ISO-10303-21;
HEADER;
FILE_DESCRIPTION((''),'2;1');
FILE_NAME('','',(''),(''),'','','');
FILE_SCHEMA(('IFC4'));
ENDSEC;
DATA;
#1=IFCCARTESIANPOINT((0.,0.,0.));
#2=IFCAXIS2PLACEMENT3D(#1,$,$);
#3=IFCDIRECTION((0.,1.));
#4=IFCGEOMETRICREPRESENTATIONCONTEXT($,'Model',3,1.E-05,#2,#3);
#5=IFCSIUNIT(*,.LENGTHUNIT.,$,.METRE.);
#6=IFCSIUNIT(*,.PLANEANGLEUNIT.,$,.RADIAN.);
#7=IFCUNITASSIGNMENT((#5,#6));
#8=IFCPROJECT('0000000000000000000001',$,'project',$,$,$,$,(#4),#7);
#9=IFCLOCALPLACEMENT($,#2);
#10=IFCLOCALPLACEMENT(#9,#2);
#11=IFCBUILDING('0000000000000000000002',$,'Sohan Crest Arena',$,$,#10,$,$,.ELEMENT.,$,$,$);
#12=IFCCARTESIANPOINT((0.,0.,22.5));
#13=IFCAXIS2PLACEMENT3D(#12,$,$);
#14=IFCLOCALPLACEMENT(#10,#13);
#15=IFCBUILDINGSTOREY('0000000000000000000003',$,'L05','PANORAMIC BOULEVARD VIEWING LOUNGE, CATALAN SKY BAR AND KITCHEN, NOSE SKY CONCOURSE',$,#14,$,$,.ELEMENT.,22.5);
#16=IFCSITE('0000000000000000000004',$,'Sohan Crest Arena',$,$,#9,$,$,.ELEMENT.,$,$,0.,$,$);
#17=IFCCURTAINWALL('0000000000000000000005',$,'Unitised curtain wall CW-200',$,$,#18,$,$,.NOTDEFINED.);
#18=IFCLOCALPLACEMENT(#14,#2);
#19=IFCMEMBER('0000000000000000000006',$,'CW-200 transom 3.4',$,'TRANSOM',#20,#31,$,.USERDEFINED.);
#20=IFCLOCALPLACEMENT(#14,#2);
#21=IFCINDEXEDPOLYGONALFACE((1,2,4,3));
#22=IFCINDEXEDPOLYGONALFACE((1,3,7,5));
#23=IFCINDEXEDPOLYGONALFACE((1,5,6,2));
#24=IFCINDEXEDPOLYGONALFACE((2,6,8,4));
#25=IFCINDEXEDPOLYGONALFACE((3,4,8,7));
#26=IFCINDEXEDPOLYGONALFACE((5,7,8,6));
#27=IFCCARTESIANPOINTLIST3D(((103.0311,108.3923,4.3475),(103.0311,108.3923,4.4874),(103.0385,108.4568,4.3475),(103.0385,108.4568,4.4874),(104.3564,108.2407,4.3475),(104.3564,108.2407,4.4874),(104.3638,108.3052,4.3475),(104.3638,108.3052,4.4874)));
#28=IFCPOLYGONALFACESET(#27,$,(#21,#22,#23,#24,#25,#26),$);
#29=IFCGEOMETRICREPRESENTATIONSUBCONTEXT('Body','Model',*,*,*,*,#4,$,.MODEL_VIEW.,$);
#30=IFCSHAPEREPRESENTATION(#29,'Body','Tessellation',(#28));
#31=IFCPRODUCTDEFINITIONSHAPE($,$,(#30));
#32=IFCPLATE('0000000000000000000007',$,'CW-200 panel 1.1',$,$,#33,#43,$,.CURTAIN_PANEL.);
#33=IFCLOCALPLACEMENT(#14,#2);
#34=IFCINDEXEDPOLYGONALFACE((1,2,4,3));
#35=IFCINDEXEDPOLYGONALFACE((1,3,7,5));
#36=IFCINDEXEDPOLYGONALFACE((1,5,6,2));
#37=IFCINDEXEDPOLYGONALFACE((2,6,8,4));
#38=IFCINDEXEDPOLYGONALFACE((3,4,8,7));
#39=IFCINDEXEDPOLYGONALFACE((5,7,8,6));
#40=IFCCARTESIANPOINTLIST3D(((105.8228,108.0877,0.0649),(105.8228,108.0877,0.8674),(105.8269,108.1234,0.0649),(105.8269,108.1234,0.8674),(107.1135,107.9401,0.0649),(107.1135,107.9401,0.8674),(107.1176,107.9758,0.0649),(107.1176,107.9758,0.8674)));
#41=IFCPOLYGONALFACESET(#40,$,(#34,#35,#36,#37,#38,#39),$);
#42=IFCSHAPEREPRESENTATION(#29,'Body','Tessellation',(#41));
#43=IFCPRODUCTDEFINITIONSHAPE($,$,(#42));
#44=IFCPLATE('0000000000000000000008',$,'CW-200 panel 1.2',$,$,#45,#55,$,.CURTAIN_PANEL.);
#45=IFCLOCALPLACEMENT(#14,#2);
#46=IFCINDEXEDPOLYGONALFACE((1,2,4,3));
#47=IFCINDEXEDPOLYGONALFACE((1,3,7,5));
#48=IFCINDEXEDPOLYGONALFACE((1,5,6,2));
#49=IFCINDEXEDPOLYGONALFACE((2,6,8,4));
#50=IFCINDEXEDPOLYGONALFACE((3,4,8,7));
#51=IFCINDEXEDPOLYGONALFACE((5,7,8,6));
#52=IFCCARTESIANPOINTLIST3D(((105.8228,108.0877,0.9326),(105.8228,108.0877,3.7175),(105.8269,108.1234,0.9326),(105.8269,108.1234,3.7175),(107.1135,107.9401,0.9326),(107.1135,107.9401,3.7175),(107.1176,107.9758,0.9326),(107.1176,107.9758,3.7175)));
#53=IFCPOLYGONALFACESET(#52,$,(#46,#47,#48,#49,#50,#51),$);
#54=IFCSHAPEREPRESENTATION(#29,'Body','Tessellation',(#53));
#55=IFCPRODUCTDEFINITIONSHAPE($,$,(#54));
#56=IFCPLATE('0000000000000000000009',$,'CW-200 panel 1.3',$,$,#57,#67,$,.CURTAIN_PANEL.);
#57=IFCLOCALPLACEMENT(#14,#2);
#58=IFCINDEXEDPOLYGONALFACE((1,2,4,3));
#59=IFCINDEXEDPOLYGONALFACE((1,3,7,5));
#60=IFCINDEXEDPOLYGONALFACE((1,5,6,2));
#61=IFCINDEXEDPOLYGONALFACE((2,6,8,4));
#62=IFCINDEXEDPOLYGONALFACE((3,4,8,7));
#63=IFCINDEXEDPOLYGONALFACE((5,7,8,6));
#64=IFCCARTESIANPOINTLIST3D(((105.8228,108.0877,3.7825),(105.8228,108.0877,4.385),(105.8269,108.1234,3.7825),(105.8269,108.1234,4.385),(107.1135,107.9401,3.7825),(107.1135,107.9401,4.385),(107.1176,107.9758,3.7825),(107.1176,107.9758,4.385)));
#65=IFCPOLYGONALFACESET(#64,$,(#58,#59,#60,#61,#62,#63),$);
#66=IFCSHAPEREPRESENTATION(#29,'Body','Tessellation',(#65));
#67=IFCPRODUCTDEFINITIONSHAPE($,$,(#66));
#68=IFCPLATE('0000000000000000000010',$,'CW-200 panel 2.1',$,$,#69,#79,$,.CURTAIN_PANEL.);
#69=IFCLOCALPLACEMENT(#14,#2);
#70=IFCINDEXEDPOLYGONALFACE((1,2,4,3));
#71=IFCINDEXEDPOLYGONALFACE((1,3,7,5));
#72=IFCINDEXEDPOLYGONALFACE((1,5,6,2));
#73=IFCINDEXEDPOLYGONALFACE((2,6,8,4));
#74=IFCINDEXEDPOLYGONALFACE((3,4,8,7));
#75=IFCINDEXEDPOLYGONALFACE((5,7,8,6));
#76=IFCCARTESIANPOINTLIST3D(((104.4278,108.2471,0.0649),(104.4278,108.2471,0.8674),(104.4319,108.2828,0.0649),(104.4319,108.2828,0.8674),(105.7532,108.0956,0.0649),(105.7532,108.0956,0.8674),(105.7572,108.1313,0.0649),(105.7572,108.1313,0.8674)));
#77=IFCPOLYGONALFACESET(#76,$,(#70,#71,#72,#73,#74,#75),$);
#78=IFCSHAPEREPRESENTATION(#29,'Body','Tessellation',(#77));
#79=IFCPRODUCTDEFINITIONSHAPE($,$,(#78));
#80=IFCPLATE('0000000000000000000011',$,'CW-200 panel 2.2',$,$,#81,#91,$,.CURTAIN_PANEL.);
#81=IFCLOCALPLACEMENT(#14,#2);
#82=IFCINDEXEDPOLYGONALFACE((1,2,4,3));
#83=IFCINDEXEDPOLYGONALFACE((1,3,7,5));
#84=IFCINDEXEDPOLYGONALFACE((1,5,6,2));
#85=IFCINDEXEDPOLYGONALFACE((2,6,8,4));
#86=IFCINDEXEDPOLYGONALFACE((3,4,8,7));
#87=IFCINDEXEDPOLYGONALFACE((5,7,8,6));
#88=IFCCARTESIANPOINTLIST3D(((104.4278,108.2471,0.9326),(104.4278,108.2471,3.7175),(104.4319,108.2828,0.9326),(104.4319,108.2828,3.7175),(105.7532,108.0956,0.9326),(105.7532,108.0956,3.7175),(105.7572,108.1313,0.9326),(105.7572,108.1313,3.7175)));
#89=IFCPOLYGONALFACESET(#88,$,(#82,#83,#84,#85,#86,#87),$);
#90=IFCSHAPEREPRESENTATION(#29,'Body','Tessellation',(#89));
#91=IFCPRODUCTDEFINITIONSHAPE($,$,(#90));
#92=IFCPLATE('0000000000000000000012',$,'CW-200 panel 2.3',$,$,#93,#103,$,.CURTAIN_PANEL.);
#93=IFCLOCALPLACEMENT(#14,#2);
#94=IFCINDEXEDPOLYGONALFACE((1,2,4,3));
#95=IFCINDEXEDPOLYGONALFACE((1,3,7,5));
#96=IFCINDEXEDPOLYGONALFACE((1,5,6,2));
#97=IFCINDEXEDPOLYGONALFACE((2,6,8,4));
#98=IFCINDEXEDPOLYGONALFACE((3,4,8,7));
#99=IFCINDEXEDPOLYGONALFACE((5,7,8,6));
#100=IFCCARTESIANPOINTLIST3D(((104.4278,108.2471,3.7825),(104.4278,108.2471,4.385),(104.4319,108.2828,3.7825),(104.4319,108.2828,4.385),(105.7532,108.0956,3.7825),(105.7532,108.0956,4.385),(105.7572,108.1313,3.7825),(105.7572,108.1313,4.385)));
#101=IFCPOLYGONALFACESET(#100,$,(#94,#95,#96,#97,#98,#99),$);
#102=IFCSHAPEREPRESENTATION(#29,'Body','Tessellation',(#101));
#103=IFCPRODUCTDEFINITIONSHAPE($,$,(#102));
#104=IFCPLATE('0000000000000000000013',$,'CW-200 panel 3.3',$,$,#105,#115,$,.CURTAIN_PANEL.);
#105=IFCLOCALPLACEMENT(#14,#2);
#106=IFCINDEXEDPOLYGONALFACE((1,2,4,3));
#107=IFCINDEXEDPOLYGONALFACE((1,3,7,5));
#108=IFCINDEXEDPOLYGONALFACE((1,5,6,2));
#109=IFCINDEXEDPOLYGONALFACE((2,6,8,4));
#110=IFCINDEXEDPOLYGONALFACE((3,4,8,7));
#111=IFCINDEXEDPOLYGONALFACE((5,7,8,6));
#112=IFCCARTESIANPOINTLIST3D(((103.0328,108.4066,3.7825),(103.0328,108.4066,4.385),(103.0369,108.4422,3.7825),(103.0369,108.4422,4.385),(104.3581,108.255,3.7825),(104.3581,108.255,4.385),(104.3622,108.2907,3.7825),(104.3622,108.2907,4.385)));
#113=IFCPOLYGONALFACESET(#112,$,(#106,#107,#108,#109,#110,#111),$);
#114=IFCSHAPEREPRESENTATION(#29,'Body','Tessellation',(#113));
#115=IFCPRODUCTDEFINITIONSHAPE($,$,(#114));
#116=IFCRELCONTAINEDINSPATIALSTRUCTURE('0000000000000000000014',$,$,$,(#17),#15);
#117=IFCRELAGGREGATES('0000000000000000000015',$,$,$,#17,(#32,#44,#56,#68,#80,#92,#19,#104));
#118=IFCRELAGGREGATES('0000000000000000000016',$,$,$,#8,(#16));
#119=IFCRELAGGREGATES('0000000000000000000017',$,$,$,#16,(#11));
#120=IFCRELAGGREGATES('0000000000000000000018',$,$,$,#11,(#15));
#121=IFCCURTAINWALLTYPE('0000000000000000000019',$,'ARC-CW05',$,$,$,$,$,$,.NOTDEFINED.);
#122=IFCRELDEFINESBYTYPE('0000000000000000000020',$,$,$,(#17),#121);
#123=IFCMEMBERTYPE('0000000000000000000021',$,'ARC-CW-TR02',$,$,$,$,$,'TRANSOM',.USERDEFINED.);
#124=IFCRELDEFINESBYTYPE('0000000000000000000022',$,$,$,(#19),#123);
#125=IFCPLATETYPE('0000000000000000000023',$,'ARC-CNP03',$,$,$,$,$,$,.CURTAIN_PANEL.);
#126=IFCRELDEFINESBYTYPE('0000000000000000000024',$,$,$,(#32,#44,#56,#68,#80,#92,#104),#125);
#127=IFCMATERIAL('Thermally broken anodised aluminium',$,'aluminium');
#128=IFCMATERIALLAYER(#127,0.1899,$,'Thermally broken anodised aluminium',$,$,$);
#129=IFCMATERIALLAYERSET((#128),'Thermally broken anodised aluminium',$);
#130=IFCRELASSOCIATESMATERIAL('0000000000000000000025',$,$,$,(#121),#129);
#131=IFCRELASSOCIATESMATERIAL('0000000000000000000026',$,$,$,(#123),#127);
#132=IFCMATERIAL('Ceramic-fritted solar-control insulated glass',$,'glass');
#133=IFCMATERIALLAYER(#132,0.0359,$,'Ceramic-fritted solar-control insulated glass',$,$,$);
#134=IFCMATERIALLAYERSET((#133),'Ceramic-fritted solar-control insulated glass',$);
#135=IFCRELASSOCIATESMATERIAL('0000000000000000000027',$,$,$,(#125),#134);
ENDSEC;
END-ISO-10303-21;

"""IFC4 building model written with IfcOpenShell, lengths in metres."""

from ifc_helpers import new_model, si_unit, direction, frame, origin, origin_2d, place, context, subcontext, project, spatial, rectangle, extrude, material, layer, layer_set, material_profile, profile_set, type_object, element, aggregate, save


model = new_model("IFC4")

# Units and contexts
model_context = context("Model", 3, precision=1e-05, world=origin(), true_north=direction((0.0, 1.0)))
body_context = subcontext(model_context, "Body", "Model", "MODEL_VIEW")
ifc_project = project(units=[si_unit("LENGTHUNIT", "METRE"), si_unit("PLANEANGLEUNIT", "RADIAN")], contexts=[model_context])

# Site, building, storey
site_placement = place(None, origin())
site = spatial("IfcSite", under=ifc_project, at=site_placement, Name="Sohan Crest Arena", CompositionType="ELEMENT", RefElevation=0.0)
building_placement = place(site_placement, origin())
building = spatial("IfcBuilding", under=site, at=building_placement, Name="Sohan Crest Arena", CompositionType="ELEMENT")
storey_placement = place(building_placement, frame((0.0, 0.0, 22.5)))
storey = spatial("IfcBuildingStorey", under=building, at=storey_placement, Name="L05", Description="PANORAMIC BOULEVARD VIEWING LOUNGE, CATALAN SKY BAR AND KITCHEN, NOSE SKY CONCOURSE", CompositionType="ELEMENT", Elevation=22.5)

# Curtain wall, member, plates
ifc_material_1 = material(Name="Thermally broken anodised aluminium", Category="aluminium")
ifc_layer_1 = layer(ifc_material_1, 0.1899, Name="Thermally broken anodised aluminium")
ifc_layer_set_1 = layer_set([ifc_layer_1], Name="Thermally broken anodised aluminium")
curtain_wall_type = type_object("IfcCurtainWallType", Name="ARC-CW05", PredefinedType="NOTDEFINED", material=ifc_layer_set_1)
curtain_wall_placement = place(storey_placement, origin())
curtain_wall = element("IfcCurtainWall", 1, at=curtain_wall_placement, inside=storey, type_object=curtain_wall_type, Name="Unitised curtain wall CW-200", PredefinedType="NOTDEFINED")
ifc_material_profile_1 = material_profile(ifc_material_1, rectangle(XDim=0.0649, YDim=0.1399, at=origin_2d()), Name="ALU-TRAN 65x140")
ifc_profile_set_1 = profile_set([ifc_material_profile_1], Name="Thermally broken anodised aluminium")
member_type_1 = type_object("IfcMemberType", Name="ARC-CW-TR02", ElementType="TRANSOM", PredefinedType="USERDEFINED", material=ifc_profile_set_1)
member_1_placement = place(storey_placement, frame((104.3601, 108.2729, 4.4175), z_axis=(-0.993521, 0.113645, 0.0), x_axis=(-0.113645, -0.993521, 0.0)))
member_1 = element("IfcMember", 2, at=member_1_placement, type_object=member_type_1, Name="CW-200 transom 3.4", ObjectType="TRANSOM", PredefinedType="USERDEFINED", context=body_context, shape_type="SweptSolid", body=[
    extrude(rectangle(XDim=0.0649, YDim=0.1399, at=origin_2d()), origin(), (0.0, 0.0, 1.0), 1.334),
])
ifc_material_2 = material(Name="Ceramic-fritted solar-control insulated glass", Category="glass")
ifc_layer_2 = layer(ifc_material_2, 0.0359, Name="Ceramic-fritted solar-control insulated glass")
ifc_layer_set_2 = layer_set([ifc_layer_2], Name="Ceramic-fritted solar-control insulated glass")
plate_type = type_object("IfcPlateType", Name="ARC-CNP03", PredefinedType="CURTAIN_PANEL", material=ifc_layer_set_2)
plate_1_placement = place(storey_placement, frame((106.4702, 108.0317, 0.0649), z_axis=(0.0, 0.0, 1.0), x_axis=(-0.993527, 0.113597, 0.0)))
plate_1 = element("IfcPlate", 3, at=plate_1_placement, type_object=plate_type, Name="CW-200 panel 1.1", PredefinedType="CURTAIN_PANEL", context=body_context, shape_type="SweptSolid", body=[
    extrude(rectangle(XDim=1.2991, YDim=0.0359, at=origin_2d()), origin(), (0.0, 0.0, 1.0), 0.8025),
])
plate_2_placement = place(storey_placement, frame((106.4702, 108.0317, 0.9326), z_axis=(0.0, 0.0, 1.0), x_axis=(-0.993527, 0.113597, 0.0)))
plate_2 = element("IfcPlate", 4, at=plate_2_placement, type_object=plate_type, Name="CW-200 panel 1.2", PredefinedType="CURTAIN_PANEL", context=body_context, shape_type="SweptSolid", body=[
    extrude(rectangle(XDim=1.2991, YDim=0.0359, at=origin_2d()), origin(), (0.0, 0.0, 1.0), 2.7849),
])
plate_3_placement = place(storey_placement, frame((106.4702, 108.0317, 3.7825), z_axis=(0.0, 0.0, 1.0), x_axis=(-0.993527, 0.113597, 0.0)))
plate_3 = element("IfcPlate", 5, at=plate_3_placement, type_object=plate_type, Name="CW-200 panel 1.3", PredefinedType="CURTAIN_PANEL", context=body_context, shape_type="SweptSolid", body=[
    extrude(rectangle(XDim=1.2991, YDim=0.0359, at=origin_2d()), origin(), (0.0, 0.0, 1.0), 0.6025),
])
plate_4_placement = place(storey_placement, frame((105.0925, 108.1892, 0.0649), z_axis=(0.0, 0.0, 1.0), x_axis=(-0.993527, 0.113597, 0.0)))
plate_4 = element("IfcPlate", 6, at=plate_4_placement, type_object=plate_type, Name="CW-200 panel 2.1", PredefinedType="CURTAIN_PANEL", context=body_context, shape_type="SweptSolid", body=[
    extrude(rectangle(XDim=1.334, YDim=0.0359, at=origin_2d()), origin(), (0.0, 0.0, 1.0), 0.8025),
])
plate_5_placement = place(storey_placement, frame((105.0925, 108.1892, 0.9326), z_axis=(0.0, 0.0, 1.0), x_axis=(-0.993527, 0.113597, 0.0)))
plate_5 = element("IfcPlate", 7, at=plate_5_placement, type_object=plate_type, Name="CW-200 panel 2.2", PredefinedType="CURTAIN_PANEL", context=body_context, shape_type="SweptSolid", body=[
    extrude(rectangle(XDim=1.334, YDim=0.0359, at=origin_2d()), origin(), (0.0, 0.0, 1.0), 2.7849),
])
plate_6_placement = place(storey_placement, frame((105.0925, 108.1892, 3.7825), z_axis=(0.0, 0.0, 1.0), x_axis=(-0.993527, 0.113597, 0.0)))
plate_6 = element("IfcPlate", 8, at=plate_6_placement, type_object=plate_type, Name="CW-200 panel 2.3", PredefinedType="CURTAIN_PANEL", context=body_context, shape_type="SweptSolid", body=[
    extrude(rectangle(XDim=1.334, YDim=0.0359, at=origin_2d()), origin(), (0.0, 0.0, 1.0), 0.6025),
])
plate_7_placement = place(storey_placement, frame((103.6975, 108.3486, 3.7825), z_axis=(0.0, 0.0, 1.0), x_axis=(-0.993527, 0.113597, 0.0)))
plate_7 = element("IfcPlate", 9, at=plate_7_placement, type_object=plate_type, Name="CW-200 panel 3.3", PredefinedType="CURTAIN_PANEL", context=body_context, shape_type="SweptSolid", body=[
    extrude(rectangle(XDim=1.334, YDim=0.0359, at=origin_2d()), origin(), (0.0, 0.0, 1.0), 0.6025),
])
aggregate(curtain_wall, [plate_1, plate_2, plate_3, plate_4, plate_5, plate_6, member_1, plate_7])

save(model, "model.ifc")
